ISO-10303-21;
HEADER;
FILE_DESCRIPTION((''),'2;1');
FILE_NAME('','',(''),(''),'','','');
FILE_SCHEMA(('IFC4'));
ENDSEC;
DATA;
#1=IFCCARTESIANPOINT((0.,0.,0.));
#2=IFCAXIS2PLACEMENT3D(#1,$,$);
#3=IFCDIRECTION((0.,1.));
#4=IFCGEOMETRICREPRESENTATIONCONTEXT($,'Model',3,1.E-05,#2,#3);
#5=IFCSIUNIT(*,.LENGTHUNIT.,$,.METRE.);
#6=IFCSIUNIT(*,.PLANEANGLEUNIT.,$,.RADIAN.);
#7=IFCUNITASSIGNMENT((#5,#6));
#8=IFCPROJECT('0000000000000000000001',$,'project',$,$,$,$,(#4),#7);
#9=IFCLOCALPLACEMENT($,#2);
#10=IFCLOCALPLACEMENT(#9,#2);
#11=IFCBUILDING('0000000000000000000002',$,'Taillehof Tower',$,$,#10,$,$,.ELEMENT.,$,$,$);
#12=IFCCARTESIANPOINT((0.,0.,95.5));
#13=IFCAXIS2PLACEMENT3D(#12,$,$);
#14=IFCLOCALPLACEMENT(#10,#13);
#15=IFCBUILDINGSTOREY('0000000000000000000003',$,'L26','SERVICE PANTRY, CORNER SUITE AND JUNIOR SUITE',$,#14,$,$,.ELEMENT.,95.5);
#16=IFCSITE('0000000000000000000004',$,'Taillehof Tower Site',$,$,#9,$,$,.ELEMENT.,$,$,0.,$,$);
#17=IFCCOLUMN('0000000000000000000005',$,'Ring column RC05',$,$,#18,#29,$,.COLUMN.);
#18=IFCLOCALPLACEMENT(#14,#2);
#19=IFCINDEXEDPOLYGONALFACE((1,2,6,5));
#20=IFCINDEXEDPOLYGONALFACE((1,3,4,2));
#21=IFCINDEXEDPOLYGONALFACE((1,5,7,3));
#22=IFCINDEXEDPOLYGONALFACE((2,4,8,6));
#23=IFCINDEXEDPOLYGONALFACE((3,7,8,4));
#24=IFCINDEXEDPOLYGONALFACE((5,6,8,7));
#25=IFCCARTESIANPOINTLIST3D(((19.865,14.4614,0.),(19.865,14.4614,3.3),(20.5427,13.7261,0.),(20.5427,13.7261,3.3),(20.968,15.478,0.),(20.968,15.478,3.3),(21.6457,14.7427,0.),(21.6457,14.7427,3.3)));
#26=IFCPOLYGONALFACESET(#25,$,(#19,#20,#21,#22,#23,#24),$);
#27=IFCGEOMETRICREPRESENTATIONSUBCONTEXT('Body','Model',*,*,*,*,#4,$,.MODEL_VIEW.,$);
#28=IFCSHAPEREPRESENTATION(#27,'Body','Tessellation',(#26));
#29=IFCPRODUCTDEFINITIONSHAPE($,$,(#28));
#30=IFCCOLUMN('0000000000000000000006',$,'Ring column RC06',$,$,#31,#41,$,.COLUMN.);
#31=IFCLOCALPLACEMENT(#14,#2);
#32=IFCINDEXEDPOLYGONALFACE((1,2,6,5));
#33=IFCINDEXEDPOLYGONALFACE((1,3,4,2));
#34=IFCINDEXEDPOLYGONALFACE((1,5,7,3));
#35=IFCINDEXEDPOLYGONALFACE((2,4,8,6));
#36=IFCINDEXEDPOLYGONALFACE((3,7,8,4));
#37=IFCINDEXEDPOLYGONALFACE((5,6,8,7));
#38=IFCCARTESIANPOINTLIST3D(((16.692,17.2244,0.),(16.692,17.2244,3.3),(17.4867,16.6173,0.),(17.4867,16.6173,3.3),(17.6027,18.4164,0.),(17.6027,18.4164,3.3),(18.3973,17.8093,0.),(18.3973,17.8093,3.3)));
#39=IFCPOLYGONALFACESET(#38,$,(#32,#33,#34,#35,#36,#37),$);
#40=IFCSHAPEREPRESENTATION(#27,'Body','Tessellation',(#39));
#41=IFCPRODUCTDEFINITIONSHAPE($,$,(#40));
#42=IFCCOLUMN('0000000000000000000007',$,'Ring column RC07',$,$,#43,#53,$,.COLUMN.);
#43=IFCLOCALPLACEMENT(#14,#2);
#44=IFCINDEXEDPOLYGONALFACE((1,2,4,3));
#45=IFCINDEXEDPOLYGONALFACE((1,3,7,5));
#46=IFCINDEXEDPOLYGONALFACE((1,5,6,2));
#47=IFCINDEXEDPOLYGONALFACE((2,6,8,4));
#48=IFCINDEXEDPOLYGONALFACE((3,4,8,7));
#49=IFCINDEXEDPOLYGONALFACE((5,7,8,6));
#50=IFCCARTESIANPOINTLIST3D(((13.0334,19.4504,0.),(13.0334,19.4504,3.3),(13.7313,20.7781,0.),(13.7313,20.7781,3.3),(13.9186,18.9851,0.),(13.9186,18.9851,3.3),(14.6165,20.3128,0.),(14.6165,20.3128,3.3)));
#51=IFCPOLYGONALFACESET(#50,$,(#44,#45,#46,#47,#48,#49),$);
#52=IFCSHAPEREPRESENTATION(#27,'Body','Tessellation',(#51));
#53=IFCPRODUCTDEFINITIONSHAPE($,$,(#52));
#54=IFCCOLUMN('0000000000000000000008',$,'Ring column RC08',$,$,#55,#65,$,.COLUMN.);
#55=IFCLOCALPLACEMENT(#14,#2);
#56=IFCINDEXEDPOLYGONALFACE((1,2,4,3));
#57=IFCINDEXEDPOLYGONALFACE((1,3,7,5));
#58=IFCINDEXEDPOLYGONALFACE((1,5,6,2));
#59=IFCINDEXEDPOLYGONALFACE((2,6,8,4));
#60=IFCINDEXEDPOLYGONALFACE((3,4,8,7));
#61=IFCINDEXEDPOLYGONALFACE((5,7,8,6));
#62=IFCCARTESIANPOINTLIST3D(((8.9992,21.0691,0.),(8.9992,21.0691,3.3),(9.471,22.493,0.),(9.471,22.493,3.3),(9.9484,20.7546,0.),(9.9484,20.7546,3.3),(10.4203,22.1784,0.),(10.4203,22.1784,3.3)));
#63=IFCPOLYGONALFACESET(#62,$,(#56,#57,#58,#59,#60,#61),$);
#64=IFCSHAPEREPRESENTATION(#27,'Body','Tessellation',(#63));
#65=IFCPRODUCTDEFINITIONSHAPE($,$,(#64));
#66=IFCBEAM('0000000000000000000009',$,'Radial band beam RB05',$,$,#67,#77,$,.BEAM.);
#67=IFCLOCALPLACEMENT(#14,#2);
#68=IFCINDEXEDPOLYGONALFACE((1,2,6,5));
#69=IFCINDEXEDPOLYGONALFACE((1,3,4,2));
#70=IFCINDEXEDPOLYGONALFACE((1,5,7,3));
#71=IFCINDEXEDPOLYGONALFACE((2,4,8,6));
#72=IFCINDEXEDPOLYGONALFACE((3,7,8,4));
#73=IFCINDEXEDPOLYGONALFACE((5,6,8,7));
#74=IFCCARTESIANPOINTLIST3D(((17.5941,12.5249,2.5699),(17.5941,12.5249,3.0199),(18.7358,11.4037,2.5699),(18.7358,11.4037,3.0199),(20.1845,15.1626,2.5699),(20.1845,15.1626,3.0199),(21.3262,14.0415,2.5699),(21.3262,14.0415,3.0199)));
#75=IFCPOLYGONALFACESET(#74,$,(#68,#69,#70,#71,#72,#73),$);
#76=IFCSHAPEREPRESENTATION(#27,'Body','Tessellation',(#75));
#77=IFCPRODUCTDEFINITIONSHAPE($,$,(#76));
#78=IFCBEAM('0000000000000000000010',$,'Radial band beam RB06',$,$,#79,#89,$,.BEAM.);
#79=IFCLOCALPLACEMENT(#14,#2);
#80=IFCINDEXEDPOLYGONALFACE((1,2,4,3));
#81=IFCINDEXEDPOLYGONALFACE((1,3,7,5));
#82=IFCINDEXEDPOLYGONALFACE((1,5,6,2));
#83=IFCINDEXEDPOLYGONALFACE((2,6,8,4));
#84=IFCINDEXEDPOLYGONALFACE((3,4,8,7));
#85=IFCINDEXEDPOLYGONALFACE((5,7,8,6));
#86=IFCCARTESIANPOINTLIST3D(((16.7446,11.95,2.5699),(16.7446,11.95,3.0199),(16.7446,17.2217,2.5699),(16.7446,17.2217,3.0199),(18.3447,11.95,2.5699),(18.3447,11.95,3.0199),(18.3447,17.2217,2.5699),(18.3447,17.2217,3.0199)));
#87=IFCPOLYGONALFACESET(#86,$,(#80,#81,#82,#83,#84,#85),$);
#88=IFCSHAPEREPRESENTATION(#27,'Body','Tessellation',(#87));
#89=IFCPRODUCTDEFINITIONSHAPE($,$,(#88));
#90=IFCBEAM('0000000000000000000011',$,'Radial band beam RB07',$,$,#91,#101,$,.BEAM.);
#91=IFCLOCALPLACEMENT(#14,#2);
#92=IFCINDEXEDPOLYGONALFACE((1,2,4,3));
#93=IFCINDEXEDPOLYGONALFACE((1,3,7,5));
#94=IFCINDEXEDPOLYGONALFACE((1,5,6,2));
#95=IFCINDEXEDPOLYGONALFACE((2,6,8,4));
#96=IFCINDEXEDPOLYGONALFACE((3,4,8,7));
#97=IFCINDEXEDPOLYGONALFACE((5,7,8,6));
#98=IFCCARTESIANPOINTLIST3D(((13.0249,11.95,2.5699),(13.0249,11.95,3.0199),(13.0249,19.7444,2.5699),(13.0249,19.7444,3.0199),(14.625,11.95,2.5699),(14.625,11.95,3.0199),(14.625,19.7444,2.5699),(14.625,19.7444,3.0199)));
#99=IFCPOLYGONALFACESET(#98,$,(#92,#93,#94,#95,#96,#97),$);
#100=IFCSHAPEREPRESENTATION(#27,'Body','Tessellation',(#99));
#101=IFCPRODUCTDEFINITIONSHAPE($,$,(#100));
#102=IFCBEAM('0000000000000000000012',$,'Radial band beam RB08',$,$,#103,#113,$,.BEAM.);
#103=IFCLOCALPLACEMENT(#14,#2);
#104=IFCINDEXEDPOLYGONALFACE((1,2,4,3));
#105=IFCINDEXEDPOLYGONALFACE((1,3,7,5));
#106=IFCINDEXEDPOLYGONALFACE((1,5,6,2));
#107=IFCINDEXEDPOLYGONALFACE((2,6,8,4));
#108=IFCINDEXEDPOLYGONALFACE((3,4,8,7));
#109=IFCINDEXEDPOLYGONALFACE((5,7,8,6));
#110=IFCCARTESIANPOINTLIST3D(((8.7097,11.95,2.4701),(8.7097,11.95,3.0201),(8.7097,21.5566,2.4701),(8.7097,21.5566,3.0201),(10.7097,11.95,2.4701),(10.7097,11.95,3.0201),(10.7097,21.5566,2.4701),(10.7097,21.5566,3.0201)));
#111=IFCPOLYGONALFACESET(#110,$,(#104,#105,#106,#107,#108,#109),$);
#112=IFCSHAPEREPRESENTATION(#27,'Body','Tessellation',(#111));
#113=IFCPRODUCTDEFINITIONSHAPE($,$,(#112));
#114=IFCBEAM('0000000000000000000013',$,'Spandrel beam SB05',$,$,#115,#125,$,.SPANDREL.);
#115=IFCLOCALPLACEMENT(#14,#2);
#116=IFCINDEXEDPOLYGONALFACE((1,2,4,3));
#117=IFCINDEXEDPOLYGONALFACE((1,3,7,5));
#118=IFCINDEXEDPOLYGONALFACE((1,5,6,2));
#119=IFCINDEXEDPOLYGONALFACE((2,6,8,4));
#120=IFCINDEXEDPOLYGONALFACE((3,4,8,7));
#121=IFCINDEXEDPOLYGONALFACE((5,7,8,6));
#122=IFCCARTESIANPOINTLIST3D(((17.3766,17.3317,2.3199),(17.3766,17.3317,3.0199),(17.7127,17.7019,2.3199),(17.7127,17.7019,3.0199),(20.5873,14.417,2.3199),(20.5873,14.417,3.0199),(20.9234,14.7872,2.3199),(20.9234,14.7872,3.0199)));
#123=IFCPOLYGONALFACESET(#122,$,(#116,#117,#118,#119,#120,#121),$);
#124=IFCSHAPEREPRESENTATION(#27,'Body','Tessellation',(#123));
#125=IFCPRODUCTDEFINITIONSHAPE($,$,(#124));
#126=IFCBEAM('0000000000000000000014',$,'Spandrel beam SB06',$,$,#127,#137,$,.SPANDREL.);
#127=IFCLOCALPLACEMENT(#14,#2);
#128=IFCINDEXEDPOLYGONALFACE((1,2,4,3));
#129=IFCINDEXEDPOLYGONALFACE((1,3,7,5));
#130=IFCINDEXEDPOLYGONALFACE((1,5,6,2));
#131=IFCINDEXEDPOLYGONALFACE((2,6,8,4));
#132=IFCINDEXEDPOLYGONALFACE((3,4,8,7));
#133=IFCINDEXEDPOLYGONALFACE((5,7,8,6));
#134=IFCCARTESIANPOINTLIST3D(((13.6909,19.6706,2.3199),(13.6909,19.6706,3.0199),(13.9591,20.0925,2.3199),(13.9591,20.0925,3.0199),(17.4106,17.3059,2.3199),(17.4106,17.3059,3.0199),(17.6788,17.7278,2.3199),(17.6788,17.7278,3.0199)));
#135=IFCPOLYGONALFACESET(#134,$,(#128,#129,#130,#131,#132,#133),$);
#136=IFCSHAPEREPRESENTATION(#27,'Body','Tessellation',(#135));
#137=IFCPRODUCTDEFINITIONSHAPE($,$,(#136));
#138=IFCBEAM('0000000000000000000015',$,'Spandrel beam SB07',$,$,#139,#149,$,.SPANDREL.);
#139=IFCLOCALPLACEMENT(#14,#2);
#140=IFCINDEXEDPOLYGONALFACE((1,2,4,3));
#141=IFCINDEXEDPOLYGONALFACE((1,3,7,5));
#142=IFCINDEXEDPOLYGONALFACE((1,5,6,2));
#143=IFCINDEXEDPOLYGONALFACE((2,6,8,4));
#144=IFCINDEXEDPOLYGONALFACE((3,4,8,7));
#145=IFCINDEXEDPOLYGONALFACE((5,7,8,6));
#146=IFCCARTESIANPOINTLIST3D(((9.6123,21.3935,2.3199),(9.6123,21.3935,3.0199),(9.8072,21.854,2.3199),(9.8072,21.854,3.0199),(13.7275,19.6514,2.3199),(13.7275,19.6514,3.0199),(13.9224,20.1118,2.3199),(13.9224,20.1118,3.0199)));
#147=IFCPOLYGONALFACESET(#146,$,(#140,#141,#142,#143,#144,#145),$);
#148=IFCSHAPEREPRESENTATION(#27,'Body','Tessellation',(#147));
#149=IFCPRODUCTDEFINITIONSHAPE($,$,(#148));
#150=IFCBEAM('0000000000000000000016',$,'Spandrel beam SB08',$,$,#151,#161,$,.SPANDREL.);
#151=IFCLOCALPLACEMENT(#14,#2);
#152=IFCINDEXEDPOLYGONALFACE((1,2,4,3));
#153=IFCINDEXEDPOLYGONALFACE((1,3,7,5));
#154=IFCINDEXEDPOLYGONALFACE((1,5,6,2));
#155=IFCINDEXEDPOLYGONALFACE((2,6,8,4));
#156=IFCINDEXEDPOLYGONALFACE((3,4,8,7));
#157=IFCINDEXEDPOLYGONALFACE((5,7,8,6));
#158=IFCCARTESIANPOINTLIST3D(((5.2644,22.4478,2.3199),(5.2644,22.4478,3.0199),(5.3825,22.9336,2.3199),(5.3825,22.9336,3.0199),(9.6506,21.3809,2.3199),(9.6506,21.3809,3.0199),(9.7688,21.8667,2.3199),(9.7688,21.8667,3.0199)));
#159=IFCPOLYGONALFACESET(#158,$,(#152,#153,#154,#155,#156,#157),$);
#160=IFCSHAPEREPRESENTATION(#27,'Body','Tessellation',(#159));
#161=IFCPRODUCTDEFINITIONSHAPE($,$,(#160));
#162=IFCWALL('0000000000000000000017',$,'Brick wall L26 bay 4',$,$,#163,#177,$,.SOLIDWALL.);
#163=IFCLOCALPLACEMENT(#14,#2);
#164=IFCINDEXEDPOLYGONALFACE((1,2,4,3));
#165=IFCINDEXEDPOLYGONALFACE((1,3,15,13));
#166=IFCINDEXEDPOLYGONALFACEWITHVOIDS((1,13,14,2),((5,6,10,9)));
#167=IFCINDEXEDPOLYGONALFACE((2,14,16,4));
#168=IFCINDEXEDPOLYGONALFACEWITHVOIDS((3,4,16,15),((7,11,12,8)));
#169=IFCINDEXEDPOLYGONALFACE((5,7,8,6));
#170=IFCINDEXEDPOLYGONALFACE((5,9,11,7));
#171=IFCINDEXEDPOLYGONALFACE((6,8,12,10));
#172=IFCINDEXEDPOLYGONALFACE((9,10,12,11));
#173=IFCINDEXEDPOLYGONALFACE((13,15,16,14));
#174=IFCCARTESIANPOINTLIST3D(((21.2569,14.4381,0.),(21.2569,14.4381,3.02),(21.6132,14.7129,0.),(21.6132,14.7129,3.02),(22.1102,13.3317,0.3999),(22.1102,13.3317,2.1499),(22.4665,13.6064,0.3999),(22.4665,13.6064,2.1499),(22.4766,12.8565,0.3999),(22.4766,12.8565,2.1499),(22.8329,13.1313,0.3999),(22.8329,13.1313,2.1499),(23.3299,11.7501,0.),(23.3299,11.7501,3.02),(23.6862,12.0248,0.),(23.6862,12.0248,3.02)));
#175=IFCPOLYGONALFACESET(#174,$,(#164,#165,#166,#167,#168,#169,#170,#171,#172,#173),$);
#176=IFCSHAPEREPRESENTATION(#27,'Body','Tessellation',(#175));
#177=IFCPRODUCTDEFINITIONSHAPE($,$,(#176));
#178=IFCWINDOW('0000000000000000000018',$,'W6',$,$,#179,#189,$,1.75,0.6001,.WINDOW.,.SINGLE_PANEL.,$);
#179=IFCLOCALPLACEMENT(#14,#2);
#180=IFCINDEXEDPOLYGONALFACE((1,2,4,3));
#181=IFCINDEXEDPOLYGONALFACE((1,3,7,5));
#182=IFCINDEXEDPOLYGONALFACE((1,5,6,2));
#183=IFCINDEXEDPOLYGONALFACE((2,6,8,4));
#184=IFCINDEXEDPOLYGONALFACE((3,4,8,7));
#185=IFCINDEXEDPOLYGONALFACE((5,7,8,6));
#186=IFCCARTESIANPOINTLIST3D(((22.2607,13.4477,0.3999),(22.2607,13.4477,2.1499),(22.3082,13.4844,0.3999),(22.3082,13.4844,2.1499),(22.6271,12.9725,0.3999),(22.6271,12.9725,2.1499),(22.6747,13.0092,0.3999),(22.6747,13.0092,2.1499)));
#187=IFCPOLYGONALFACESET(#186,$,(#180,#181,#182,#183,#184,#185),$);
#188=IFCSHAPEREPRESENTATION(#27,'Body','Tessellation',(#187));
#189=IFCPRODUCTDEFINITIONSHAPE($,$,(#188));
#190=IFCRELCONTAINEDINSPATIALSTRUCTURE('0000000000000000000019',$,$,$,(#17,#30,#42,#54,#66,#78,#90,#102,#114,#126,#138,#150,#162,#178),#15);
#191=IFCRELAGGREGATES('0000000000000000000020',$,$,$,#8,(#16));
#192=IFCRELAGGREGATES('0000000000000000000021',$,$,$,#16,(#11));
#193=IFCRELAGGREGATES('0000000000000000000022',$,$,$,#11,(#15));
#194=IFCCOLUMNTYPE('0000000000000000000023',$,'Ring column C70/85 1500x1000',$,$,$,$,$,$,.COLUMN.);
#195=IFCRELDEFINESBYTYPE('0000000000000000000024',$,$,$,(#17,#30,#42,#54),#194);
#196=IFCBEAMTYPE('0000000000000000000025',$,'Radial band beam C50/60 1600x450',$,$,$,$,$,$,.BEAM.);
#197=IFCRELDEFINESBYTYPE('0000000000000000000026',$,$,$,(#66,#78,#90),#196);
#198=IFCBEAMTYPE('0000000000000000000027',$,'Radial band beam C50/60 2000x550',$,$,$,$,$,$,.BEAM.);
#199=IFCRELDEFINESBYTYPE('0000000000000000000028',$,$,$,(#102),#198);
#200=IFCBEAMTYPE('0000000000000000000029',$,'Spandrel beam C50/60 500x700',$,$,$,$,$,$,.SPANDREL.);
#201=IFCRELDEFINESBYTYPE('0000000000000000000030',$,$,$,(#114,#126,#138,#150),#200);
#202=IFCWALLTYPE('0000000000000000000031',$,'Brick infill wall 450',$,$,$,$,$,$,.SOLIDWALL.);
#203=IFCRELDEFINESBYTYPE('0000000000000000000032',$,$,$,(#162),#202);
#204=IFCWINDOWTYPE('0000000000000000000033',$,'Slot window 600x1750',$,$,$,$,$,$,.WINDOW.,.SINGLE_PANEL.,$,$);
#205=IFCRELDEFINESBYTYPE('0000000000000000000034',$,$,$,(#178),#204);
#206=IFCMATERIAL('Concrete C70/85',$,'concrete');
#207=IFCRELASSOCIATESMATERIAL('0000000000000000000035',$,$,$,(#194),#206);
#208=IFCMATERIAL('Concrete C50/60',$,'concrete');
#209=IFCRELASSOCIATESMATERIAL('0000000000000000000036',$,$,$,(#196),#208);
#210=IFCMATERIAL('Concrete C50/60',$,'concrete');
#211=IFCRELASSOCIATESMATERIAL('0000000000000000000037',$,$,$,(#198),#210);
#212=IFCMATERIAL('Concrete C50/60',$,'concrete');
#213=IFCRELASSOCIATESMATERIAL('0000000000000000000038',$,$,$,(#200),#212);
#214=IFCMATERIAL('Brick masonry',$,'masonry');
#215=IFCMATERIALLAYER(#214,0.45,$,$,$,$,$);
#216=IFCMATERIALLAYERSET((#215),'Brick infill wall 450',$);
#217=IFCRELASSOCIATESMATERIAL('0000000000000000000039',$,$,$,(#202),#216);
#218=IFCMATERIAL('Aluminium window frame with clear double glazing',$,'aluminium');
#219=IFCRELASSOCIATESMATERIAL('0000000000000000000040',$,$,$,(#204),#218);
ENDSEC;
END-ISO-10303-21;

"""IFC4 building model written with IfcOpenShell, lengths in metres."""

from ifc_helpers import new_model, si_unit, direction, frame, frame_2d, origin, origin_2d, place, context, subcontext, project, spatial, rectangle, extrude, material, layer, layer_set, material_profile, profile_set, type_object, element, fill, save


model = new_model("IFC4")

# Units and contexts
model_context = context("Model", 3, precision=1e-05, world=origin(), true_north=direction((0.0, 1.0)))
body_context = subcontext(model_context, "Body", "Model", "MODEL_VIEW")
ifc_project = project(units=[si_unit("LENGTHUNIT", "METRE"), si_unit("PLANEANGLEUNIT", "RADIAN")], contexts=[model_context])

# Site, building, storey
site_placement = place(None, origin())
site = spatial("IfcSite", under=ifc_project, at=site_placement, Name="Taillehof Tower Site", CompositionType="ELEMENT", RefElevation=0.0)
building_placement = place(site_placement, origin())
building = spatial("IfcBuilding", under=site, at=building_placement, Name="Taillehof Tower", CompositionType="ELEMENT")
storey_placement = place(building_placement, frame((0.0, 0.0, 95.5)))
storey = spatial("IfcBuildingStorey", under=building, at=storey_placement, Name="L26", Description="SERVICE PANTRY, CORNER SUITE AND JUNIOR SUITE", CompositionType="ELEMENT", Elevation=95.5)

# Columns
ifc_material_1 = material(Name="Concrete C70/85", Category="concrete")
ifc_material_profile_1 = material_profile(ifc_material_1, rectangle(XDim=1.5, YDim=1.0, at=origin_2d()), Name="RC 1500x1000")
ifc_profile_set_1 = profile_set([ifc_material_profile_1], Name="Concrete C70/85")
column_type = type_object("IfcColumnType", Name="Ring column C70/85 1500x1000", PredefinedType="COLUMN", material=ifc_profile_set_1)
for number, where, z_axis, x_axis, name in (
    (1, (20.7554, 14.6021, 0.0), (0.0, 0.0, 1.0), (0.735332, 0.677707, 0.0), "Ring column RC05"),
    (2, (17.5447, 17.5168, 0.0), (0.0, 0.0, 1.0), (0.607074, 0.794645, 0.0), "Ring column RC06"),
    (3, (13.825, 19.8816, 0.0), (0.0, 0.0, 1.0), (0.465283, 0.885162, 0.0), "Ring column RC07"),
    (4, (9.7097, 21.6238, 0.0), (0.0, 0.0, 1.0), (0.314555, 0.949239, 0.0), "Ring column RC08"),
):
    element("IfcColumn", number, at=place(storey_placement, frame(where, z_axis=z_axis, x_axis=x_axis)), inside=storey, type_object=column_type, Name=name, PredefinedType="COLUMN", context=body_context, shape_type="SweptSolid", body=[
        extrude(rectangle(XDim=1.5, YDim=1.0, at=origin_2d()), origin(), (0.0, 0.0, 1.0), 3.3),
    ])

# Beams
ifc_material_2 = material(Name="Concrete C50/60", Category="concrete")
ifc_material_profile_2 = material_profile(ifc_material_2, rectangle(XDim=1.6001, YDim=0.45, at=origin_2d()), Name="RC 1600x450")
ifc_profile_set_2 = profile_set([ifc_material_profile_2], Name="Concrete C50/60")
beam_type_1 = type_object("IfcBeamType", Name="Radial band beam C50/60 1600x450", PredefinedType="BEAM", material=ifc_profile_set_2)
beam_1_placement = place(storey_placement, frame((20.7554, 14.6021, 2.7949), z_axis=(-0.700672, -0.713484, 0.0), x_axis=(0.713484, -0.700672, 0.0)))
element("IfcBeam", 5, at=beam_1_placement, inside=storey, type_object=beam_type_1, Name="Radial band beam RB05", PredefinedType="BEAM", context=body_context, shape_type="SweptSolid", body=[
    extrude(rectangle(XDim=1.6001, YDim=0.45, at=origin_2d()), origin(), (0.0, 0.0, 1.0), 3.697),
])
beam_2_placement = place(storey_placement, frame((17.5447, 17.2217, 2.7949), z_axis=(0.0, -1.0, 0.0), x_axis=(1.0, 0.0, 0.0)))
element("IfcBeam", 6, at=beam_2_placement, inside=storey, type_object=beam_type_1, Name="Radial band beam RB06", PredefinedType="BEAM", context=body_context, shape_type="SweptSolid", body=[
    extrude(rectangle(XDim=1.6001, YDim=0.45, at=origin_2d()), origin(), (0.0, 0.0, 1.0), 5.2717),
])
beam_3_placement = place(storey_placement, frame((13.825, 19.7444, 2.7949), z_axis=(0.0, -1.0, 0.0), x_axis=(1.0, 0.0, 0.0)))
element("IfcBeam", 7, at=beam_3_placement, inside=storey, type_object=beam_type_1, Name="Radial band beam RB07", PredefinedType="BEAM", context=body_context, shape_type="SweptSolid", body=[
    extrude(rectangle(XDim=1.6001, YDim=0.45, at=origin_2d()), origin(), (0.0, 0.0, 1.0), 7.7944),
])
ifc_material_3 = material(Name="Concrete C50/60", Category="concrete")
ifc_material_profile_3 = material_profile(ifc_material_3, rectangle(XDim=2.0, YDim=0.55, at=origin_2d()), Name="RC 2000x550")
ifc_profile_set_3 = profile_set([ifc_material_profile_3], Name="Concrete C50/60")
beam_type_2 = type_object("IfcBeamType", Name="Radial band beam C50/60 2000x550", PredefinedType="BEAM", material=ifc_profile_set_3)
beam_4_placement = place(storey_placement, frame((9.7097, 21.5566, 2.7451), z_axis=(0.0, -1.0, 0.0), x_axis=(1.0, 0.0, 0.0)))
element("IfcBeam", 8, at=beam_4_placement, inside=storey, type_object=beam_type_2, Name="Radial band beam RB08", PredefinedType="BEAM", context=body_context, shape_type="SweptSolid", body=[
    extrude(rectangle(XDim=2.0, YDim=0.55, at=origin_2d()), origin(), (0.0, 0.0, 1.0), 9.6067),
])
ifc_material_4 = material(Name="Concrete C50/60", Category="concrete")
ifc_material_profile_4 = material_profile(ifc_material_4, rectangle(XDim=0.5, YDim=0.7, at=origin_2d()), Name="RC 500x700")
ifc_profile_set_4 = profile_set([ifc_material_profile_4], Name="Concrete C50/60")
beam_type_3 = type_object("IfcBeamType", Name="Spandrel beam C50/60 500x700", PredefinedType="SPANDREL", material=ifc_profile_set_4)
beam_5_placement = place(storey_placement, frame((20.7554, 14.6021, 2.6699), z_axis=(-0.740401, 0.672165, 0.0), x_axis=(-0.672165, -0.740401, 0.0)))
element("IfcBeam", 9, at=beam_5_placement, inside=storey, type_object=beam_type_3, Name="Spandrel beam SB05", PredefinedType="SPANDREL", context=body_context, shape_type="SweptSolid", body=[
    extrude(rectangle(XDim=0.5, YDim=0.7, at=origin_2d()), origin(), (0.0, 0.0, 1.0), 4.3364),
])
beam_6_placement = place(storey_placement, frame((17.5447, 17.5168, 2.6699), z_axis=(-0.843903, 0.536496, 0.0), x_axis=(-0.536496, -0.843903, 0.0)))
element("IfcBeam", 10, at=beam_6_placement, inside=storey, type_object=beam_type_3, Name="Spandrel beam SB06", PredefinedType="SPANDREL", context=body_context, shape_type="SweptSolid", body=[
    extrude(rectangle(XDim=0.5, YDim=0.7, at=origin_2d()), origin(), (0.0, 0.0, 1.0), 4.4077),
])
beam_7_placement = place(storey_placement, frame((13.825, 19.8816, 2.6699), z_axis=(-0.920877, 0.389854, 0.0), x_axis=(-0.389854, -0.920877, 0.0)))
element("IfcBeam", 11, at=beam_7_placement, inside=storey, type_object=beam_type_3, Name="Spandrel beam SB07", PredefinedType="SPANDREL", context=body_context, shape_type="SweptSolid", body=[
    extrude(rectangle(XDim=0.5, YDim=0.7, at=origin_2d()), origin(), (0.0, 0.0, 1.0), 4.4688),
])
beam_8_placement = place(storey_placement, frame((9.7097, 21.6238, 2.6699), z_axis=(-0.971669, 0.236346, 0.0), x_axis=(-0.236346, -0.971669, 0.0)))
element("IfcBeam", 12, at=beam_8_placement, inside=storey, type_object=beam_type_3, Name="Spandrel beam SB08", PredefinedType="SPANDREL", context=body_context, shape_type="SweptSolid", body=[
    extrude(rectangle(XDim=0.5, YDim=0.7, at=origin_2d()), origin(), (0.0, 0.0, 1.0), 4.5142),
])

# Wall, opening, window
ifc_material_5 = material(Name="Brick masonry", Category="masonry")
ifc_layer_1 = layer(ifc_material_5, 0.45)
ifc_layer_set_1 = layer_set([ifc_layer_1], Name="Brick infill wall 450")
wall_type_1 = type_object("IfcWallType", Name="Brick infill wall 450", PredefinedType="SOLIDWALL", material=ifc_layer_set_1)
wall_1_placement = place(storey_placement, frame((23.5081, 11.8875, 0.0), z_axis=(0.0, 0.0, 1.0), x_axis=(-0.610694, 0.791867, 0.0)))
wall_1 = element("IfcWall", 13, at=wall_1_placement, inside=storey, type_object=wall_type_1, Name="Brick wall L26 bay 4", PredefinedType="SOLIDWALL", context=body_context, shape_type="SweptSolid", body=[
    extrude(rectangle(XDim=3.3945, YDim=0.45, at=frame_2d((1.6973, 0.0))), origin(), (0.0, 0.0, 1.0), 3.02),
])
opening_1_placement = place(wall_1_placement, frame((1.3972, 0.0, 0.3999)))
opening_1 = element("IfcOpeningElement", 14, at=opening_1_placement, cuts=wall_1, PredefinedType="OPENING", context=body_context, shape_type="SweptSolid", body=[
    extrude(rectangle(XDim=0.6001, YDim=1.75, at=frame_2d((0.3, 0.875))), frame((0.0, 0.2349, 0.0), z_axis=(0.0, -1.0, 0.0), x_axis=(1.0, 0.0, 0.0)), (0.0, 0.0, 1.0), 0.47),
])
ifc_material_6 = material(Name="Aluminium window frame with clear double glazing", Category="aluminium")
window_type_1 = type_object("IfcWindowType", Name="Slot window 600x1750", PartitioningType="SINGLE_PANEL", PredefinedType="WINDOW", material=ifc_material_6)
window_1_placement = place(opening_1_placement, origin())
window_1 = element("IfcWindow", 15, at=window_1_placement, inside=storey, type_object=window_type_1, Name="W6", OverallHeight=1.75, OverallWidth=0.6001, PartitioningType="SINGLE_PANEL", PredefinedType="WINDOW", context=body_context, shape_type="SweptSolid", body=[
    extrude(rectangle(XDim=0.6001, YDim=1.75, at=frame_2d((0.3, 0.875))), frame((0.0, 0.0349, 0.0), z_axis=(0.0, -1.0, 0.0), x_axis=(1.0, 0.0, 0.0)), (0.0, 0.0, 1.0), 0.0601),
])
fill(opening_1, window_1)

save(model, "model.ifc")
